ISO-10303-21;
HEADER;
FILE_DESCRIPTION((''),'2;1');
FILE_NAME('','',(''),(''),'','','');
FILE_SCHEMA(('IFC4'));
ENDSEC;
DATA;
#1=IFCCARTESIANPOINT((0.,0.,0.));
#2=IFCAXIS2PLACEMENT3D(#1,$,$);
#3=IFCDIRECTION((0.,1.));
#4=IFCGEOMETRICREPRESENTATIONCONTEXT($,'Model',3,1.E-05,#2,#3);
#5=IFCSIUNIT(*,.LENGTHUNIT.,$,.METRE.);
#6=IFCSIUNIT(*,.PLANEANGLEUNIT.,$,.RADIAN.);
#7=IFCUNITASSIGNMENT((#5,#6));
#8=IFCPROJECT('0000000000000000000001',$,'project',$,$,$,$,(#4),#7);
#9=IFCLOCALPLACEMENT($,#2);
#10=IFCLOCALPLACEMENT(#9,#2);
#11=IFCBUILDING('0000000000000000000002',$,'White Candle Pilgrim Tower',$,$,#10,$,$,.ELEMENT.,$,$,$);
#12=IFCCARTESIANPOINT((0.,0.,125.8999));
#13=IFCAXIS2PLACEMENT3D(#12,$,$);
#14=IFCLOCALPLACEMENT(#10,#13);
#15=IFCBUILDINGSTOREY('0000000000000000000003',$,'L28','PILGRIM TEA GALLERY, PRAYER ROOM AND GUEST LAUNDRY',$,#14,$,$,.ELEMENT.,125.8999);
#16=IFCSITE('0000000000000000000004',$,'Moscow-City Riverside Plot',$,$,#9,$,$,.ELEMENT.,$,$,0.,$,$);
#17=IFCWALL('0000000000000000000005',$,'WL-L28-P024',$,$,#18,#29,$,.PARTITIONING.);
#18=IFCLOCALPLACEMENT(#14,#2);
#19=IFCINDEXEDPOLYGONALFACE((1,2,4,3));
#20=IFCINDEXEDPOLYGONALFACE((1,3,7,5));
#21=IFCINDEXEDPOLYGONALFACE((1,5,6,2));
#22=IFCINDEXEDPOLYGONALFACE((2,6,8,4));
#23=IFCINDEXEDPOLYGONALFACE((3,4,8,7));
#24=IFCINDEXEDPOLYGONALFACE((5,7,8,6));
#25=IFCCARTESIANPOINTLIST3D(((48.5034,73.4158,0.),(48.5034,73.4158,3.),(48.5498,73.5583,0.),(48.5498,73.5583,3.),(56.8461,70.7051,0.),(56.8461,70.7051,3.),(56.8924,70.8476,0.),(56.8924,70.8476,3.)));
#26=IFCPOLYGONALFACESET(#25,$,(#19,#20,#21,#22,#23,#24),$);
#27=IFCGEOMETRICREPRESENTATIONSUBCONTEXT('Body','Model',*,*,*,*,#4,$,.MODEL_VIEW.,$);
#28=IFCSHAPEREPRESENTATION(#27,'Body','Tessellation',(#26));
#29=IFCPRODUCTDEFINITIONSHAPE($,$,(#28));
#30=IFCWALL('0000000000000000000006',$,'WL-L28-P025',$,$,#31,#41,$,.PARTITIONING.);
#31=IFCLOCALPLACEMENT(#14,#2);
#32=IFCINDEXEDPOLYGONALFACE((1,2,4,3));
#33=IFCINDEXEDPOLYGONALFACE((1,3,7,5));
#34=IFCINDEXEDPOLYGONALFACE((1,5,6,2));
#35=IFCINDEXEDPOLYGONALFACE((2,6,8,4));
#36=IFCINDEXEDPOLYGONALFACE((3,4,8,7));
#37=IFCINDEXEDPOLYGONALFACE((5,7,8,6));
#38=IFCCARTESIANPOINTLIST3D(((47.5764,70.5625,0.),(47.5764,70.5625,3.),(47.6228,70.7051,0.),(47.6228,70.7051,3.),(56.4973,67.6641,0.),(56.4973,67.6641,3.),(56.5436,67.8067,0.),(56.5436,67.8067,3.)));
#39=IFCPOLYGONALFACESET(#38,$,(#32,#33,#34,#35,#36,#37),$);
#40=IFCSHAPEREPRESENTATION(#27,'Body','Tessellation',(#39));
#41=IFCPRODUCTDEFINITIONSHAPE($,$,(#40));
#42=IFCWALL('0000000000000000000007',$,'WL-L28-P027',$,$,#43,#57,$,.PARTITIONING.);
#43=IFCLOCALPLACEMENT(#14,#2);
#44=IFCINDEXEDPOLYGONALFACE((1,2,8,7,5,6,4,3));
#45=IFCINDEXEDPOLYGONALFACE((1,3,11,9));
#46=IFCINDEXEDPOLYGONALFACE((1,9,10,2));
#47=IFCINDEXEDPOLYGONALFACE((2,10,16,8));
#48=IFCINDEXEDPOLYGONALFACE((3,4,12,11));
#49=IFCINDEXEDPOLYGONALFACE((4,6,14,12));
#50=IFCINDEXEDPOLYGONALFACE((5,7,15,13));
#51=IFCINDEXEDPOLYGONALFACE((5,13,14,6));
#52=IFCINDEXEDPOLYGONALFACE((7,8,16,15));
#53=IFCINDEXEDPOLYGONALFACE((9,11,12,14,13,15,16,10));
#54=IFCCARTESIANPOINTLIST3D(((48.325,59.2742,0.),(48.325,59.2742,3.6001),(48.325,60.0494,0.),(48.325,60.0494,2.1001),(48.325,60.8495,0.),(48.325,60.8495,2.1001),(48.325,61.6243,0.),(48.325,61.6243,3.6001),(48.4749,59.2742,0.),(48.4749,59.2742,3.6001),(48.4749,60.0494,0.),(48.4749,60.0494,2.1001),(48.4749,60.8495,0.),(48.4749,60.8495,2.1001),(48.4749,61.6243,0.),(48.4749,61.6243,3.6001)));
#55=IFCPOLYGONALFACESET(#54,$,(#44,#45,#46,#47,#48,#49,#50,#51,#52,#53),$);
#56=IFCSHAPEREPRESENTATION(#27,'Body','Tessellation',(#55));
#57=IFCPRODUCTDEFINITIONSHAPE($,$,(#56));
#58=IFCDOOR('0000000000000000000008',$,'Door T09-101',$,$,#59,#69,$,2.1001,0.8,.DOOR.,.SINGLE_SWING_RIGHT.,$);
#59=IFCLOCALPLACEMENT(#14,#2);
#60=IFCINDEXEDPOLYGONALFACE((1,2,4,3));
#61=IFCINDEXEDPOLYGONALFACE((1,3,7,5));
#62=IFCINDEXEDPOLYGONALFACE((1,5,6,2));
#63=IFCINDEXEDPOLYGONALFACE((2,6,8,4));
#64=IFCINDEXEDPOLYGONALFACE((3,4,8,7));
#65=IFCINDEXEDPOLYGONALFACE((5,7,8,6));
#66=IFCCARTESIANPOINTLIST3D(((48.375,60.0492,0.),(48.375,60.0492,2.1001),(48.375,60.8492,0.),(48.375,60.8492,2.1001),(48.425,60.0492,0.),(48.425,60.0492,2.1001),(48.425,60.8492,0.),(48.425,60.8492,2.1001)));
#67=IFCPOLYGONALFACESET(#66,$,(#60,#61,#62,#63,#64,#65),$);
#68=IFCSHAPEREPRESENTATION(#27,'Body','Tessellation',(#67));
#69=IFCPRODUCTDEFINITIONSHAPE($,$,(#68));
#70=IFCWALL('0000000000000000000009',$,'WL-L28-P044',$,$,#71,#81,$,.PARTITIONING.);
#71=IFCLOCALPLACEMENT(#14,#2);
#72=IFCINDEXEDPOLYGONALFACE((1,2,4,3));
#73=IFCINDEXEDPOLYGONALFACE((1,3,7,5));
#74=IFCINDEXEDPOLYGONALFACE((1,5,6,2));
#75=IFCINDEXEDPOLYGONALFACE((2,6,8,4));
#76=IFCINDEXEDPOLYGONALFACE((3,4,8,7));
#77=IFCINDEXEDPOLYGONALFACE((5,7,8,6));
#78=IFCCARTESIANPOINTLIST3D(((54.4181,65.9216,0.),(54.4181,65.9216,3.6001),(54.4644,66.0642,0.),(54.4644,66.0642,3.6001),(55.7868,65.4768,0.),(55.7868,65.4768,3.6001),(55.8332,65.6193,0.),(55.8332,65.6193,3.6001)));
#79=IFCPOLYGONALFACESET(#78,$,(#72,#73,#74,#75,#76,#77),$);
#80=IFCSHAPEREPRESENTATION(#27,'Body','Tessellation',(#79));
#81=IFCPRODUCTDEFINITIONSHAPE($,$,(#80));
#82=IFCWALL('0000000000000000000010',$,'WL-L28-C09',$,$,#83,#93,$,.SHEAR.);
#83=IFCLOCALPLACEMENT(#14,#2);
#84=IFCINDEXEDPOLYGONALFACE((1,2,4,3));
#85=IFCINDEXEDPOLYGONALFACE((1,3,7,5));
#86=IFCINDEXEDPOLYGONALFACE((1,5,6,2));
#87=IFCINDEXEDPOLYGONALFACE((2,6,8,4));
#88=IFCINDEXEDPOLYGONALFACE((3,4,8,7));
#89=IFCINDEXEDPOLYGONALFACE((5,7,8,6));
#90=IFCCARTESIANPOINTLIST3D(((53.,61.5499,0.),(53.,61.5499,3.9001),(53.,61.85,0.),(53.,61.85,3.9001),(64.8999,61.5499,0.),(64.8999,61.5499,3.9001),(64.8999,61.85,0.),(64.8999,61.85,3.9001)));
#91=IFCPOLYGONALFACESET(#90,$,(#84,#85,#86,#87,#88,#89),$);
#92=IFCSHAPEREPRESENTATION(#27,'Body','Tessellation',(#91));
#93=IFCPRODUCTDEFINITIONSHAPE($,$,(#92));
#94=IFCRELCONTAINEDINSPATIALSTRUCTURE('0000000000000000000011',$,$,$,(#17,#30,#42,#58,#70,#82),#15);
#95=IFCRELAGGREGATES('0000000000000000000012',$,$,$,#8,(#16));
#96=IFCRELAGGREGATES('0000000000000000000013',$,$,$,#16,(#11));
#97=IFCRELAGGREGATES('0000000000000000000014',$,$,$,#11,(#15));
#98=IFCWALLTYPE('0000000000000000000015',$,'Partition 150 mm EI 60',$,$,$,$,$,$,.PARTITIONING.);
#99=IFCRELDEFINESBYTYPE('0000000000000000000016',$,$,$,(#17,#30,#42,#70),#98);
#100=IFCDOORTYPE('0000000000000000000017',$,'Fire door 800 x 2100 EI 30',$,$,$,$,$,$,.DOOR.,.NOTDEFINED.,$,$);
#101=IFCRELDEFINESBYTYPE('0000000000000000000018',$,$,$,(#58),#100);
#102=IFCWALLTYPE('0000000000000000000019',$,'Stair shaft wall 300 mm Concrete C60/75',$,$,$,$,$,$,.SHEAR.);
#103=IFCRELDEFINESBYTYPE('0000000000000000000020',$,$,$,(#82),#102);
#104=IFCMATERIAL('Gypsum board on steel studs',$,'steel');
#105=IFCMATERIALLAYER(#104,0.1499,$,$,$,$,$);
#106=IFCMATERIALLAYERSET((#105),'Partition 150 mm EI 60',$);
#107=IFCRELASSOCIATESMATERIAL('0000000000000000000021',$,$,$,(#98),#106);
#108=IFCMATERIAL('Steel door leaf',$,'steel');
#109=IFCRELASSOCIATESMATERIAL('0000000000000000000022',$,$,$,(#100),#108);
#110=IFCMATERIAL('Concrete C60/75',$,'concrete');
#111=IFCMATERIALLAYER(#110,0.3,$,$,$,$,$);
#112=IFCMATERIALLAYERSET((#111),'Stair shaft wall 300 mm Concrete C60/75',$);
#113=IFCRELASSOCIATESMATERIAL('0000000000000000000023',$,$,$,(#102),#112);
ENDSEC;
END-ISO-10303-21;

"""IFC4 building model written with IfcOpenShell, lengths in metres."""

from ifc_helpers import new_model, si_unit, direction, frame, frame_2d, origin, place, context, subcontext, project, spatial, rectangle, extrude, material, layer, layer_set, type_object, element, fill, save


model = new_model("IFC4")

# Units and contexts
model_context = context("Model", 3, precision=1e-05, world=origin(), true_north=direction((0.0, 1.0)))
body_context = subcontext(model_context, "Body", "Model", "MODEL_VIEW")
ifc_project = project(units=[si_unit("LENGTHUNIT", "METRE"), si_unit("PLANEANGLEUNIT", "RADIAN")], contexts=[model_context])

# Site, building, storey
site_placement = place(None, origin())
site = spatial("IfcSite", under=ifc_project, at=site_placement, Name="Moscow-City Riverside Plot", CompositionType="ELEMENT", RefElevation=0.0)
building_placement = place(site_placement, origin())
building = spatial("IfcBuilding", under=site, at=building_placement, Name="White Candle Pilgrim Tower", CompositionType="ELEMENT")
storey_placement = place(building_placement, frame((0.0, 0.0, 125.8999)))
storey = spatial("IfcBuildingStorey", under=building, at=storey_placement, Name="L28", Description="PILGRIM TEA GALLERY, PRAYER ROOM AND GUEST LAUNDRY", CompositionType="ELEMENT", Elevation=125.8999)

# Shared definitions
ifc_material_1 = material(Name="Gypsum board on steel studs", Category="steel")
ifc_material_2 = material(Name="Steel door leaf", Category="steel")

# Walls
ifc_layer_1 = layer(ifc_material_1, 0.1499)
ifc_layer_set_1 = layer_set([ifc_layer_1], Name="Partition 150 mm EI 60")
wall_type_1 = type_object("IfcWallType", Name="Partition 150 mm EI 60", PredefinedType="PARTITIONING", material=ifc_layer_set_1)
wall_1_placement = place(storey_placement, frame((48.5266, 73.4871, 0.0), z_axis=(0.0, 0.0, 1.0), x_axis=(0.951055, -0.309021, 0.0)))
element("IfcWall", 1, at=wall_1_placement, inside=storey, type_object=wall_type_1, Name="WL-L28-P024", PredefinedType="PARTITIONING", context=body_context, shape_type="SweptSolid", body=[
    extrude(rectangle(XDim=8.772, YDim=0.1499, at=frame_2d((4.386, 0.0))), origin(), (0.0, 0.0, 1.0), 3.0),
])
wall_2_placement = place(storey_placement, frame((47.5996, 70.6338, 0.0), z_axis=(0.0, 0.0, 1.0), x_axis=(0.951061, -0.309004, 0.0)))
element("IfcWall", 2, at=wall_2_placement, inside=storey, type_object=wall_type_1, Name="WL-L28-P025", PredefinedType="PARTITIONING", context=body_context, shape_type="SweptSolid", body=[
    extrude(rectangle(XDim=9.3799, YDim=0.1499, at=frame_2d((4.6899, 0.0))), origin(), (0.0, 0.0, 1.0), 3.0),
])

# Wall, opening, door
wall_3_placement = place(storey_placement, frame((48.3999, 61.6243, 0.0), z_axis=(0.0, 0.0, 1.0), x_axis=(0.0, -1.0, 0.0)))
wall_3 = element("IfcWall", 3, at=wall_3_placement, inside=storey, type_object=wall_type_1, Name="WL-L28-P027", PredefinedType="PARTITIONING", context=body_context, shape_type="SweptSolid", body=[
    extrude(rectangle(XDim=2.3501, YDim=0.1499, at=frame_2d((1.175, 0.0))), origin(), (0.0, 0.0, 1.0), 3.6001),
])
opening_1_placement = place(wall_3_placement, frame((0.7749, 0.0, 0.0)))
opening_1 = element("IfcOpeningElement", 4, at=opening_1_placement, cuts=wall_3, PredefinedType="OPENING", context=body_context, shape_type="SweptSolid", body=[
    extrude(rectangle(XDim=0.8, YDim=2.1001, at=frame_2d((0.3999, 1.05))), frame((0.0, 0.085, 0.0), z_axis=(0.0, -1.0, 0.0), x_axis=(1.0, 0.0, 0.0)), (0.0, 0.0, 1.0), 0.1699),
])
door_type_1 = type_object("IfcDoorType", Name="Fire door 800 x 2100 EI 30", OperationType="NOTDEFINED", PredefinedType="DOOR", material=ifc_material_2)
door_1_placement = place(opening_1_placement, frame((0.8, 0.0, 0.0), z_axis=(0.0, 0.0, 1.0), x_axis=(-1.0, 0.0, 0.0)))
door_1 = element("IfcDoor", 5, at=door_1_placement, inside=storey, type_object=door_type_1, Name="Door T09-101", OperationType="SINGLE_SWING_RIGHT", OverallHeight=2.1001, OverallWidth=0.8, PredefinedType="DOOR", context=body_context, shape_type="SweptSolid", body=[
    extrude(rectangle(XDim=0.8, YDim=2.1001, at=frame_2d((0.3999, 1.05))), frame((0.0, 0.0249, 0.0), z_axis=(0.0, -1.0, 0.0), x_axis=(1.0, 0.0, 0.0)), (0.0, 0.0, 1.0), 0.05),
])
fill(opening_1, door_1)

# Walls
wall_4_placement = place(storey_placement, frame((54.4412, 65.9929, 0.0), z_axis=(0.0, 0.0, 1.0), x_axis=(0.951032, -0.309094, 0.0)))
element("IfcWall", 6, at=wall_4_placement, inside=storey, type_object=wall_type_1, Name="WL-L28-P044", PredefinedType="PARTITIONING", context=body_context, shape_type="SweptSolid", body=[
    extrude(rectangle(XDim=1.4392, YDim=0.1499, at=frame_2d((0.7197, 0.0))), origin(), (0.0, 0.0, 1.0), 3.6001),
])
ifc_material_3 = material(Name="Concrete C60/75", Category="concrete")
ifc_layer_2 = layer(ifc_material_3, 0.3)
ifc_layer_set_2 = layer_set([ifc_layer_2], Name="Stair shaft wall 300 mm Concrete C60/75")
wall_type_2 = type_object("IfcWallType", Name="Stair shaft wall 300 mm Concrete C60/75", PredefinedType="SHEAR", material=ifc_layer_set_2)
wall_5_placement = place(storey_placement, frame((53.0, 61.7, 0.0), z_axis=(0.0, 0.0, 1.0), x_axis=(1.0, 0.0, 0.0)))
element("IfcWall", 7, at=wall_5_placement, inside=storey, type_object=wall_type_2, Name="WL-L28-C09", PredefinedType="SHEAR", context=body_context, shape_type="SweptSolid", body=[
    extrude(rectangle(XDim=11.8999, YDim=0.3, at=frame_2d((5.95, 0.0))), origin(), (0.0, 0.0, 1.0), 3.9001),
])

save(model, "model.ifc")
